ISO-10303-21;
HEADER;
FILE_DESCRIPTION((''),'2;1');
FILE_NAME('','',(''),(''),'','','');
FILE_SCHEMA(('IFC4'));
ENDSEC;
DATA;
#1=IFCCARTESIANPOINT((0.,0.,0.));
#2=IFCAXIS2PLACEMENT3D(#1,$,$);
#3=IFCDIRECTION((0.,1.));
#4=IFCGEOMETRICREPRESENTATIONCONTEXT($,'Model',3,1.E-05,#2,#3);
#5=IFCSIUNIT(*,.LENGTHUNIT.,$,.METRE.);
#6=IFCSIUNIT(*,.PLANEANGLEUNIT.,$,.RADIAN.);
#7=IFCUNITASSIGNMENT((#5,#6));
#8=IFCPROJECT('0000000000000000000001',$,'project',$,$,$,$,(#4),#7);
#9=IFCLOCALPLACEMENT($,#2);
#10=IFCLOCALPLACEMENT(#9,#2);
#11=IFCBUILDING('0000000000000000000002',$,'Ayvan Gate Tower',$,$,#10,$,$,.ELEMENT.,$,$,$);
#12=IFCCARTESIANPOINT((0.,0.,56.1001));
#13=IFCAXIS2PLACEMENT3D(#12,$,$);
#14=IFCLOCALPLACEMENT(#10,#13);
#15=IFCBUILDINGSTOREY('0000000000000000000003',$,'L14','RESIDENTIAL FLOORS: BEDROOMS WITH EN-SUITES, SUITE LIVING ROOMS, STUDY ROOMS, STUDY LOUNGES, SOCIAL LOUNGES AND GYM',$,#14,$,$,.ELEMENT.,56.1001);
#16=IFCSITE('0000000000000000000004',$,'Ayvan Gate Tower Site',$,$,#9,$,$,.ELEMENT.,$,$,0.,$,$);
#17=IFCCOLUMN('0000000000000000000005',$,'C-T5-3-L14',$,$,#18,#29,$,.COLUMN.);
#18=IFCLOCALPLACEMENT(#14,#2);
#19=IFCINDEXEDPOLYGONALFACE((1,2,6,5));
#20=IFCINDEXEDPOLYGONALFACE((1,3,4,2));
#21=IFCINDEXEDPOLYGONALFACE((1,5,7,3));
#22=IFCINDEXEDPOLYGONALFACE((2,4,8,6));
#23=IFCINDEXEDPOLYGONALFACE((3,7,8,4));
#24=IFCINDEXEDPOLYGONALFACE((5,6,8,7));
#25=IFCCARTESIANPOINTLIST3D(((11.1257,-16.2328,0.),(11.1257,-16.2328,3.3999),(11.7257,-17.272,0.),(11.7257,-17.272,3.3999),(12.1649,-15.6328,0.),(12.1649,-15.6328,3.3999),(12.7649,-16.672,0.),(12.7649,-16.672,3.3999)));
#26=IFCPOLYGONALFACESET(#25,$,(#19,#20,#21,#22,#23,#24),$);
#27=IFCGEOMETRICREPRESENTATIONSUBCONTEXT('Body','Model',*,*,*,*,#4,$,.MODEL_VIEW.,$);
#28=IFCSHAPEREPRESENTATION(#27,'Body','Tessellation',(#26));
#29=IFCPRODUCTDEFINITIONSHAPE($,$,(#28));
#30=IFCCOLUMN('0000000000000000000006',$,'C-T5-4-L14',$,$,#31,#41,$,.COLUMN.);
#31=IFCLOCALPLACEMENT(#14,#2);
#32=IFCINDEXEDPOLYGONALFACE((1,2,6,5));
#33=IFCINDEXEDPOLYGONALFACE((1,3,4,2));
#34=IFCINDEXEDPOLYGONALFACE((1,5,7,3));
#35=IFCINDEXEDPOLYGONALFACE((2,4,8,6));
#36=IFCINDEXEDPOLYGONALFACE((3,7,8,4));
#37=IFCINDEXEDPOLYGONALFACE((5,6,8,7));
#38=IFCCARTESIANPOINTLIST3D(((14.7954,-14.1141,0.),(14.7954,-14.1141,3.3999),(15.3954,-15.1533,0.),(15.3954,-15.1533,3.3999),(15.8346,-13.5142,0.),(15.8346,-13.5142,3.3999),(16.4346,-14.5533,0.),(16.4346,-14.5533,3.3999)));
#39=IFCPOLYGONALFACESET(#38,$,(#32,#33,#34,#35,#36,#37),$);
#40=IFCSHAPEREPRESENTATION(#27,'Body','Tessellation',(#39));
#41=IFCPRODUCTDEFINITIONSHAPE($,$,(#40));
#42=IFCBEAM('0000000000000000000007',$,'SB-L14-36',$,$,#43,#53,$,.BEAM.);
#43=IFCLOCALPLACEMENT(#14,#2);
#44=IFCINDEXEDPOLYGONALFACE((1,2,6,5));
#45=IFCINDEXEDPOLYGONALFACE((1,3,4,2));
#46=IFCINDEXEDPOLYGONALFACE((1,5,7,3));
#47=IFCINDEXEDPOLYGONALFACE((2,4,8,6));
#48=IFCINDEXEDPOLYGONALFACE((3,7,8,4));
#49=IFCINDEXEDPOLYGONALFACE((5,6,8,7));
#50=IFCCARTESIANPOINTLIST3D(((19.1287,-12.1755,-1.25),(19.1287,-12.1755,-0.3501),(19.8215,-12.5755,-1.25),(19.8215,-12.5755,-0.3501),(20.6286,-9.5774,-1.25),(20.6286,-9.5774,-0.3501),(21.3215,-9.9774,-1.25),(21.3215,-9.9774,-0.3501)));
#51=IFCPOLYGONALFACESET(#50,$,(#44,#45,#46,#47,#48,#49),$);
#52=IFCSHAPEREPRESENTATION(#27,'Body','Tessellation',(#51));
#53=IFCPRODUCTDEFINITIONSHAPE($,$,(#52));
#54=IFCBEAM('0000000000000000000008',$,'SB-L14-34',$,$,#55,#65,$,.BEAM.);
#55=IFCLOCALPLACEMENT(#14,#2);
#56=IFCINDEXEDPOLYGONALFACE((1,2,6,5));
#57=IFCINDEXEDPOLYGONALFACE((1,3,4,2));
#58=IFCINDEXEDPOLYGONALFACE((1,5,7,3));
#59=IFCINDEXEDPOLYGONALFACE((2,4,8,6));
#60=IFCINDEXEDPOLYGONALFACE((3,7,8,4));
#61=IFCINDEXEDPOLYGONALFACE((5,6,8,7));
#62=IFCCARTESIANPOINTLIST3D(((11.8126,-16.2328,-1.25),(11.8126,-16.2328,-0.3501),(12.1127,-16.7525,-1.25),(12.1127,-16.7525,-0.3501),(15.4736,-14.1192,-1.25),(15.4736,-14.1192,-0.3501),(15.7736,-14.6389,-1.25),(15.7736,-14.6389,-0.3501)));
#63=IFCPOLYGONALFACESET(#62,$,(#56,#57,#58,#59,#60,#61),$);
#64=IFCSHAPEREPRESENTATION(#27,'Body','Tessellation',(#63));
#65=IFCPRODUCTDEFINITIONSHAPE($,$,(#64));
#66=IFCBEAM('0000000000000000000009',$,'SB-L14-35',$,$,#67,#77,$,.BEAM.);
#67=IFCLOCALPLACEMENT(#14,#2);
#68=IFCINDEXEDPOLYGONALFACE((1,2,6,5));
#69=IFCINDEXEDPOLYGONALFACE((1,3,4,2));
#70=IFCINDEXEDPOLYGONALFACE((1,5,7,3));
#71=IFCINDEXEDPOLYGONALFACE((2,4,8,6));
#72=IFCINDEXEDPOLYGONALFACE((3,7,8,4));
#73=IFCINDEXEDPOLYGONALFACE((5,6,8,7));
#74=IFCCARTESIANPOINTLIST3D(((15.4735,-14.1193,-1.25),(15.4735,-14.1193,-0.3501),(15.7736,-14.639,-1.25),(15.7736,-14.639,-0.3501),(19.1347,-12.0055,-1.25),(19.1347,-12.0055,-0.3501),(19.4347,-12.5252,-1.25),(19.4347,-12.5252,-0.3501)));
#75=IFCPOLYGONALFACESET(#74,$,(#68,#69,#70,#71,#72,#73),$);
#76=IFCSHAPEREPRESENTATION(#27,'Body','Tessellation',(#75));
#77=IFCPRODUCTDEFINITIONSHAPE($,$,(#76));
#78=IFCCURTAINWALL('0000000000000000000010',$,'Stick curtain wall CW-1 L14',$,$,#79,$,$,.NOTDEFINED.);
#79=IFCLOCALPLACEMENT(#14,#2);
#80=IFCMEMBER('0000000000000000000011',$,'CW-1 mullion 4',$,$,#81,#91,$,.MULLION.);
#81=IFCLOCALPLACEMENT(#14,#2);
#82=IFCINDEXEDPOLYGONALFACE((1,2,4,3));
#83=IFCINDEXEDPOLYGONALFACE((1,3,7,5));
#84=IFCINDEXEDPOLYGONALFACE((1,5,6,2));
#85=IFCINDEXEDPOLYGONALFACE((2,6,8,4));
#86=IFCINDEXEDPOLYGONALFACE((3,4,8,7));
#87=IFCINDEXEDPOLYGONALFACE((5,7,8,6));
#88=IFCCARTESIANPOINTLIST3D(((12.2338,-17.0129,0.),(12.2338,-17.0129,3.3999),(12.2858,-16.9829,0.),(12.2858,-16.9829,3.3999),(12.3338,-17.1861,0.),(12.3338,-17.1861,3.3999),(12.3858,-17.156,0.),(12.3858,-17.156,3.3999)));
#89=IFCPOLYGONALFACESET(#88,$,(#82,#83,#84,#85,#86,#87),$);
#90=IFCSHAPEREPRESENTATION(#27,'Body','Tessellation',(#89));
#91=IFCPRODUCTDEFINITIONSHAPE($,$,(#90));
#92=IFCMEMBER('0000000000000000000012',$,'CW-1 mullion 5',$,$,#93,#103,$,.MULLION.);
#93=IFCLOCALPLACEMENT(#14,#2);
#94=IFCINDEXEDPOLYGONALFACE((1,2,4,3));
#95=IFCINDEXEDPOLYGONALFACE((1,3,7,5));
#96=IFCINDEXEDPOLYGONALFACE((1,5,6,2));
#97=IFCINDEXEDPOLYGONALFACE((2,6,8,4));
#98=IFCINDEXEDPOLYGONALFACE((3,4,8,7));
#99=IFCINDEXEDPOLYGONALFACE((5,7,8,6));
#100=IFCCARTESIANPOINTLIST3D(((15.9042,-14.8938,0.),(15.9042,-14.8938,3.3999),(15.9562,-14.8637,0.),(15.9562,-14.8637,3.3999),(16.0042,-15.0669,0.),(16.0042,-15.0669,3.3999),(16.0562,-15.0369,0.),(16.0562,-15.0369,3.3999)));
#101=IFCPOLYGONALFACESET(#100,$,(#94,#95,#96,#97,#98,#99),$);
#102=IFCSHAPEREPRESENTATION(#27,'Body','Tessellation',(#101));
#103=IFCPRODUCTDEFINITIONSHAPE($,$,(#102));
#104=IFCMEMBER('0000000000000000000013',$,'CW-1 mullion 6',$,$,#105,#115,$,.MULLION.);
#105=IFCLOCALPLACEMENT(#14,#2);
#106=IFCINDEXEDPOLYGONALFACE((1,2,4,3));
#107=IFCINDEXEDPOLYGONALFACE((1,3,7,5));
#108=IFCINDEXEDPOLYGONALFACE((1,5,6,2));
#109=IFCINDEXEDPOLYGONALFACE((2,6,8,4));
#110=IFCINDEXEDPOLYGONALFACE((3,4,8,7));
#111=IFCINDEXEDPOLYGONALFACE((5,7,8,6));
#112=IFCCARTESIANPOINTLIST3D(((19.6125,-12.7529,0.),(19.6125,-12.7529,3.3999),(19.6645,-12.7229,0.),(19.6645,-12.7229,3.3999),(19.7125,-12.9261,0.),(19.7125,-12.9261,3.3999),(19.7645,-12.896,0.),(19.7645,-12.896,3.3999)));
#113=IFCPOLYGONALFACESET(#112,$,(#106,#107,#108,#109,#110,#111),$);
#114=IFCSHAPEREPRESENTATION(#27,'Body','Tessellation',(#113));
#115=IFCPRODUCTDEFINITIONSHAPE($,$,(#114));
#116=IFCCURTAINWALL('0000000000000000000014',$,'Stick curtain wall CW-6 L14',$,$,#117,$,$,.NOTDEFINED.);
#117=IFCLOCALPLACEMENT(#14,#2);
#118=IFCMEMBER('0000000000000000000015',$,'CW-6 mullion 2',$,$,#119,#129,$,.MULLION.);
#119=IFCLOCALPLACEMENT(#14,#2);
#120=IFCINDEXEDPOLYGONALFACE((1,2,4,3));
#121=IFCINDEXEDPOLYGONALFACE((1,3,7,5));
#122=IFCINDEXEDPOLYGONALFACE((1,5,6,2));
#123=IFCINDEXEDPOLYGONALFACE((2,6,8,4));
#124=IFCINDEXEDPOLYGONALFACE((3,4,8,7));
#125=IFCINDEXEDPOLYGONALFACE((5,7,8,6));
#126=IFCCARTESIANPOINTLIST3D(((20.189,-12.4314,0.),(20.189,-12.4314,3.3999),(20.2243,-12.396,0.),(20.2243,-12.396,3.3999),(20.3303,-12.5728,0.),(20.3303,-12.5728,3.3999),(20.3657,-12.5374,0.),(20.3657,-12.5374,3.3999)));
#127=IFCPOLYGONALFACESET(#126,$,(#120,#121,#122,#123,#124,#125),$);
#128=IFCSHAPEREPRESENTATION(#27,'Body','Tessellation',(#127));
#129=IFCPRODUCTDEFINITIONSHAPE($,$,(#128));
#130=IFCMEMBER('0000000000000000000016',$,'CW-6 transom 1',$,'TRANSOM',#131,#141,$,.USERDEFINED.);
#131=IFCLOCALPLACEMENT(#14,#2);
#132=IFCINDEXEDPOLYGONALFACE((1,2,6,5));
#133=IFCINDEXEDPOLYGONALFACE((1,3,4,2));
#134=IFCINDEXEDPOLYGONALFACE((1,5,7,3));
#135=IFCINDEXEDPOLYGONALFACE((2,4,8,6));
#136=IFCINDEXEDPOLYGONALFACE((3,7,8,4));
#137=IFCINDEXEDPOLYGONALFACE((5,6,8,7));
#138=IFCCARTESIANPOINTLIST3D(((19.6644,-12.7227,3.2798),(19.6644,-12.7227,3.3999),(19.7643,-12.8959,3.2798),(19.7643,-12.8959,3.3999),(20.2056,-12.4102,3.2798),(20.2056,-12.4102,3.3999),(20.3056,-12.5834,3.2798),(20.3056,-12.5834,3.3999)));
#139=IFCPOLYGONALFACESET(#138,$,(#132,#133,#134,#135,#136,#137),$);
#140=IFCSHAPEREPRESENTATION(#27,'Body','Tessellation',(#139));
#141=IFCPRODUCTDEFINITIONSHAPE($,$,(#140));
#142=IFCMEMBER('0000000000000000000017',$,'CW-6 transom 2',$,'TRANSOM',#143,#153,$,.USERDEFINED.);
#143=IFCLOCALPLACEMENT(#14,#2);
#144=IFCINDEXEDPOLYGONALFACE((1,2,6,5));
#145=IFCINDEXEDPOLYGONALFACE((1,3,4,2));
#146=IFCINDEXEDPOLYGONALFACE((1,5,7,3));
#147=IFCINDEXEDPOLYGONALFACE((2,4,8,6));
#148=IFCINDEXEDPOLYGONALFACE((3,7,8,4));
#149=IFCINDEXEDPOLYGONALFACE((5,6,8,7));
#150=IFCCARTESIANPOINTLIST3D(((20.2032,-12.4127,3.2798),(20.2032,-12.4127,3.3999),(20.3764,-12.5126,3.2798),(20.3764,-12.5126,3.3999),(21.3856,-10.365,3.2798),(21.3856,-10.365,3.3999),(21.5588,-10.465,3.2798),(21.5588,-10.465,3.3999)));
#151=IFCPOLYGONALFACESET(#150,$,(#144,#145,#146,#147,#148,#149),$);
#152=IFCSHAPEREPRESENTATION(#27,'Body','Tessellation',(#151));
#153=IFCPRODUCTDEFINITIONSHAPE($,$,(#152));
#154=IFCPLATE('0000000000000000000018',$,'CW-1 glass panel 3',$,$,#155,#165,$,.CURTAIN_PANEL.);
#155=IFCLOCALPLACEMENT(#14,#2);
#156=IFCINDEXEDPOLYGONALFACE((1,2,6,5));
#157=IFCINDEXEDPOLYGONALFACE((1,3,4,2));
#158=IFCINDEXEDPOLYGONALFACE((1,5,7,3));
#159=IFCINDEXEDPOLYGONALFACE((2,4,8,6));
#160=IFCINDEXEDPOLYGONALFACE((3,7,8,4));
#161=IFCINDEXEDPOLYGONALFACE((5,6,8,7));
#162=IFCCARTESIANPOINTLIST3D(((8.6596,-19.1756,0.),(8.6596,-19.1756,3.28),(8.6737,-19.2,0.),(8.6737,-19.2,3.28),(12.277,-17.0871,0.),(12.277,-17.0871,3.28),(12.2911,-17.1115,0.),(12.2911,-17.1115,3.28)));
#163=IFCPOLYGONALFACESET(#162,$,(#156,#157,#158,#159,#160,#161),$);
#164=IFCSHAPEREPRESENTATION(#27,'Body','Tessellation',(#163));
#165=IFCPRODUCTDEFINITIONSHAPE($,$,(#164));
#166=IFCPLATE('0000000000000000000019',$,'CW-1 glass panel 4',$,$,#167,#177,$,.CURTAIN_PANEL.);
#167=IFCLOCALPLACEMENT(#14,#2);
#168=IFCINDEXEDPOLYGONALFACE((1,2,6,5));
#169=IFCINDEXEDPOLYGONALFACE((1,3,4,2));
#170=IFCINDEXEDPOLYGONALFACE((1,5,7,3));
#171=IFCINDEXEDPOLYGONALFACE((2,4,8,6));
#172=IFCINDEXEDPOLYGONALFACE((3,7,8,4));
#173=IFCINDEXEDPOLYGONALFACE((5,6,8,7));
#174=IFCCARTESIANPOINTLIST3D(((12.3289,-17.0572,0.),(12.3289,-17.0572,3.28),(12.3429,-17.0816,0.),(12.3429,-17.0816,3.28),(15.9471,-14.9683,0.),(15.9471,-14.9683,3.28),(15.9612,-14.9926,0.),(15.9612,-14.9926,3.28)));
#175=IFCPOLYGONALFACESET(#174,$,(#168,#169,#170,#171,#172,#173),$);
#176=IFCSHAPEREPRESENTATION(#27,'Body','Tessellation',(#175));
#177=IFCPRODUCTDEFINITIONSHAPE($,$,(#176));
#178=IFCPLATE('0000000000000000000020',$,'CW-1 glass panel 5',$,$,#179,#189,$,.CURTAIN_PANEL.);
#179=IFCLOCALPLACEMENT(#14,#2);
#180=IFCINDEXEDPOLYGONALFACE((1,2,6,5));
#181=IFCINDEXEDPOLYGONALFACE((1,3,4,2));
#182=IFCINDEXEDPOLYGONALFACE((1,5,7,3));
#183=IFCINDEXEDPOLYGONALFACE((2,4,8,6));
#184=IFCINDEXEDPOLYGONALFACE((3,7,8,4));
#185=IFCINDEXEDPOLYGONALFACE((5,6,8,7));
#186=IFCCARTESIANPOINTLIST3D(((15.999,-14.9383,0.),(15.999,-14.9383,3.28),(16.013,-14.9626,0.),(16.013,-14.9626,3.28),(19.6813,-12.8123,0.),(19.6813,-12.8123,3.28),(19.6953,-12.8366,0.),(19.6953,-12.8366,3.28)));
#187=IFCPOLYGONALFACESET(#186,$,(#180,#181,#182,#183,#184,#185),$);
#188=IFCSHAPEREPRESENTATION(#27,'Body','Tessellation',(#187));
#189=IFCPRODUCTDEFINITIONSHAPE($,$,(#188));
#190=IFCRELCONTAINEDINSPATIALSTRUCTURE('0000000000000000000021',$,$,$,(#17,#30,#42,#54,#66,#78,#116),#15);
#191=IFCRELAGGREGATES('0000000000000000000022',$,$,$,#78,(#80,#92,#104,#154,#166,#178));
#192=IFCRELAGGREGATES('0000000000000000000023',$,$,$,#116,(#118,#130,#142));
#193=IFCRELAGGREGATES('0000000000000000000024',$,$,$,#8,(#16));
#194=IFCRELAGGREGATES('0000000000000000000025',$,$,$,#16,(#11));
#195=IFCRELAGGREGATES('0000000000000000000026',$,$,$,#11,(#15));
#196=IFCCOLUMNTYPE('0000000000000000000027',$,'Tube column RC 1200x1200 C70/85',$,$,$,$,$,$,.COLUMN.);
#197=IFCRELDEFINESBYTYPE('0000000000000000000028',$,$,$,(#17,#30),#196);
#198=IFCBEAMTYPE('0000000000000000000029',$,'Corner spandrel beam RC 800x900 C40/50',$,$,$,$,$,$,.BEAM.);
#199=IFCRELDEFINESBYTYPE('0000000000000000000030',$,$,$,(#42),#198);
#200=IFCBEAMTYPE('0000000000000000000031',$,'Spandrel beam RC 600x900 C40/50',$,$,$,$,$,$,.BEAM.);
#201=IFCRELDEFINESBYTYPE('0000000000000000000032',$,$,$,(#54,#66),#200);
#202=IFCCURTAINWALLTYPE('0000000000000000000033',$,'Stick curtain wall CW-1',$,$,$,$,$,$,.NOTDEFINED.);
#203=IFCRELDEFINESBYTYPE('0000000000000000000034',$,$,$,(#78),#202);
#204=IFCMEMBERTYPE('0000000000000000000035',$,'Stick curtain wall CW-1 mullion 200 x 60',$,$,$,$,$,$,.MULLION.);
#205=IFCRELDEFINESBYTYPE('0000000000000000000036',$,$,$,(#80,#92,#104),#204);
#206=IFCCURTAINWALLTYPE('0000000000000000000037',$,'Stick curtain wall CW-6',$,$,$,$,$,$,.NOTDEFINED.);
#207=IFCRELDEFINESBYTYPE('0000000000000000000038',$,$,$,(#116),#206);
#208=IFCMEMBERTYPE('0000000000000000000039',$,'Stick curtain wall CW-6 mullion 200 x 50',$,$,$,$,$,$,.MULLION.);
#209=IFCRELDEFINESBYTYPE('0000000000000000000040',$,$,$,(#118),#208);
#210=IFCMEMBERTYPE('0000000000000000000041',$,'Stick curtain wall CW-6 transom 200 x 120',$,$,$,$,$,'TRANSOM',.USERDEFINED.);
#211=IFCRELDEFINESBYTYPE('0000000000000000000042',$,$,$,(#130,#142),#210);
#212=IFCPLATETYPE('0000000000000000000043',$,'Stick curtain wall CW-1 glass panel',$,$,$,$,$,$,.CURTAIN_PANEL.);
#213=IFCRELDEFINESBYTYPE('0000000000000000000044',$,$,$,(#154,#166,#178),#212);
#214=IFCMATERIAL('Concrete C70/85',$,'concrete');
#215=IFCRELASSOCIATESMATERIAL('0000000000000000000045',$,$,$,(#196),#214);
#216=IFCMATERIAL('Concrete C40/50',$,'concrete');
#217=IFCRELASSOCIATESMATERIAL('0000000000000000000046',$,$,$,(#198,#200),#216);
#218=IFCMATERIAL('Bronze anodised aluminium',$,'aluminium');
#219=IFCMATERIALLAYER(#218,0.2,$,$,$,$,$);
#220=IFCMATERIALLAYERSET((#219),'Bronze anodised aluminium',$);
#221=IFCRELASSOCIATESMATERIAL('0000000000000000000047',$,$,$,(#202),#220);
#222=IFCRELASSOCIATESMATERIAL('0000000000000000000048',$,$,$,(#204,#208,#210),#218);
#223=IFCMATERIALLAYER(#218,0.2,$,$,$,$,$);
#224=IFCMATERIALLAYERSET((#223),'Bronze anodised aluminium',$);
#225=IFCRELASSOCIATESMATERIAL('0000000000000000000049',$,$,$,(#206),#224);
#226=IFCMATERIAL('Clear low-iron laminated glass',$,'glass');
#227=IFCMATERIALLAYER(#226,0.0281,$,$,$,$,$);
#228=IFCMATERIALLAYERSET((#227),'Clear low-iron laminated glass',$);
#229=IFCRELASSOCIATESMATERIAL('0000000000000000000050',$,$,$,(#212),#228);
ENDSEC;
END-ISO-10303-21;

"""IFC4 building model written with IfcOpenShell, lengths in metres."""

from ifc_helpers import new_model, si_unit, direction, frame, origin, origin_2d, place, context, subcontext, project, spatial, rectangle, extrude, material, layer, layer_set, material_profile, profile_set, type_object, element, aggregate, save


model = new_model("IFC4")

# Units and contexts
model_context = context("Model", 3, precision=1e-05, world=origin(), true_north=direction((0.0, 1.0)))
body_context = subcontext(model_context, "Body", "Model", "MODEL_VIEW")
ifc_project = project(units=[si_unit("LENGTHUNIT", "METRE"), si_unit("PLANEANGLEUNIT", "RADIAN")], contexts=[model_context])

# Site, building, storey
site_placement = place(None, origin())
site = spatial("IfcSite", under=ifc_project, at=site_placement, Name="Ayvan Gate Tower Site", CompositionType="ELEMENT", RefElevation=0.0)
building_placement = place(site_placement, origin())
building = spatial("IfcBuilding", under=site, at=building_placement, Name="Ayvan Gate Tower", CompositionType="ELEMENT")
storey_placement = place(building_placement, frame((0.0, 0.0, 56.1001)))
storey = spatial("IfcBuildingStorey", under=building, at=storey_placement, Name="L14", Description="RESIDENTIAL FLOORS: BEDROOMS WITH EN-SUITES, SUITE LIVING ROOMS, STUDY ROOMS, STUDY LOUNGES, SOCIAL LOUNGES AND GYM", CompositionType="ELEMENT", Elevation=56.1001)

# Columns
ifc_material_1 = material(Name="Concrete C70/85", Category="concrete")
ifc_material_profile_1 = material_profile(ifc_material_1, rectangle(XDim=1.2, YDim=1.2, at=origin_2d()), Name="RC 1200x1200")
ifc_profile_set_1 = profile_set([ifc_material_profile_1], Name="Concrete C70/85")
column_type = type_object("IfcColumnType", Name="Tube column RC 1200x1200 C70/85", PredefinedType="COLUMN", material=ifc_profile_set_1)
for number, where, z_axis, x_axis, name in (
    (1, (11.9453, -16.4524, 0.0), (0.0, 0.0, 1.0), (0.5, -0.866025, 0.0), "C-T5-3-L14"),
    (2, (15.615, -14.3337, 0.0), (0.0, 0.0, 1.0), (0.5, -0.866025, 0.0), "C-T5-4-L14"),
):
    element("IfcColumn", number, at=place(storey_placement, frame(where, z_axis=z_axis, x_axis=x_axis)), inside=storey, type_object=column_type, Name=name, PredefinedType="COLUMN", context=body_context, shape_type="SweptSolid", body=[
        extrude(rectangle(XDim=1.2, YDim=1.2, at=origin_2d()), origin(), (0.0, 0.0, 1.0), 3.3999),
    ])

# Beams
ifc_material_2 = material(Name="Concrete C40/50", Category="concrete")
ifc_material_profile_2 = material_profile(ifc_material_2, rectangle(XDim=0.8, YDim=0.8999, at=origin_2d()), Name="RC 800x900")
ifc_profile_set_2 = profile_set([ifc_material_profile_2], Name="Concrete C40/50")
beam_type_1 = type_object("IfcBeamType", Name="Corner spandrel beam RC 800x900 C40/50", PredefinedType="BEAM", material=ifc_profile_set_2)
beam_1_placement = place(storey_placement, frame((19.4751, -12.3755, -0.8), z_axis=(0.49999, 0.866031, 0.0), x_axis=(-0.866031, 0.49999, 0.0)))
element("IfcBeam", 3, at=beam_1_placement, inside=storey, type_object=beam_type_1, Name="SB-L14-36", PredefinedType="BEAM", context=body_context, shape_type="SweptSolid", body=[
    extrude(rectangle(XDim=0.8, YDim=0.8999, at=origin_2d()), origin(), (0.0, 0.0, 1.0), 3.0),
])
ifc_material_profile_3 = material_profile(ifc_material_2, rectangle(XDim=0.6001, YDim=0.8999, at=origin_2d()), Name="RC 600x900")
ifc_profile_set_3 = profile_set([ifc_material_profile_3], Name="Concrete C40/50")
beam_type_2 = type_object("IfcBeamType", Name="Spandrel beam RC 600x900 C40/50", PredefinedType="BEAM", material=ifc_profile_set_3)
beam_2_placement = place(storey_placement, frame((11.9626, -16.4927, -0.8), z_axis=(0.866035, 0.499984, 0.0), x_axis=(-0.499984, 0.866035, 0.0)))
element("IfcBeam", 4, at=beam_2_placement, inside=storey, type_object=beam_type_2, Name="SB-L14-34", PredefinedType="BEAM", context=body_context, shape_type="SweptSolid", body=[
    extrude(rectangle(XDim=0.6001, YDim=0.8999, at=origin_2d()), origin(), (0.0, 0.0, 1.0), 4.2273),
])
beam_3_placement = place(storey_placement, frame((15.6235, -14.3792, -0.8), z_axis=(0.866024, 0.500002, 0.0), x_axis=(-0.500002, 0.866024, 0.0)))
element("IfcBeam", 5, at=beam_3_placement, inside=storey, type_object=beam_type_2, Name="SB-L14-35", PredefinedType="BEAM", context=body_context, shape_type="SweptSolid", body=[
    extrude(rectangle(XDim=0.6001, YDim=0.8999, at=origin_2d()), origin(), (0.0, 0.0, 1.0), 4.2275),
])

# Curtain walls, members
ifc_material_3 = material(Name="Bronze anodised aluminium", Category="aluminium")
ifc_layer_1 = layer(ifc_material_3, 0.2)
ifc_layer_set_1 = layer_set([ifc_layer_1], Name="Bronze anodised aluminium")
curtain_wall_type_1 = type_object("IfcCurtainWallType", Name="Stick curtain wall CW-1", PredefinedType="NOTDEFINED", material=ifc_layer_set_1)
curtain_wall_1_placement = place(storey_placement, origin())
curtain_wall_1 = element("IfcCurtainWall", 6, at=curtain_wall_1_placement, inside=storey, type_object=curtain_wall_type_1, Name="Stick curtain wall CW-1 L14", PredefinedType="NOTDEFINED")
ifc_material_profile_4 = material_profile(ifc_material_3, rectangle(XDim=0.2, YDim=0.0601, at=origin_2d()), Name="Stick curtain wall CW-1 mullion 200 x 60")
ifc_profile_set_4 = profile_set([ifc_material_profile_4], Name="Bronze anodised aluminium")
member_type_1 = type_object("IfcMemberType", Name="Stick curtain wall CW-1 mullion 200 x 60", PredefinedType="MULLION", material=ifc_profile_set_4)
member_1_placement = place(storey_placement, frame((12.3098, -17.0845, 0.0), z_axis=(0.0, 0.0, 1.0), x_axis=(0.5, -0.866025, 0.0)))
member_1 = element("IfcMember", 7, at=member_1_placement, type_object=member_type_1, Name="CW-1 mullion 4", PredefinedType="MULLION", context=body_context, shape_type="SweptSolid", body=[
    extrude(rectangle(XDim=0.2, YDim=0.0601, at=origin_2d()), origin(), (0.0, 0.0, 1.0), 3.3999),
])
member_2_placement = place(storey_placement, frame((15.9802, -14.9653, 0.0), z_axis=(0.0, 0.0, 1.0), x_axis=(0.5, -0.866025, 0.0)))
member_2 = element("IfcMember", 8, at=member_2_placement, type_object=member_type_1, Name="CW-1 mullion 5", PredefinedType="MULLION", context=body_context, shape_type="SweptSolid", body=[
    extrude(rectangle(XDim=0.2, YDim=0.0601, at=origin_2d()), origin(), (0.0, 0.0, 1.0), 3.3999),
])
member_3_placement = place(storey_placement, frame((19.6885, -12.8245, 0.0), z_axis=(0.0, 0.0, 1.0), x_axis=(0.5, -0.866025, 0.0)))
member_3 = element("IfcMember", 9, at=member_3_placement, type_object=member_type_1, Name="CW-1 mullion 6", PredefinedType="MULLION", context=body_context, shape_type="SweptSolid", body=[
    extrude(rectangle(XDim=0.2, YDim=0.0601, at=origin_2d()), origin(), (0.0, 0.0, 1.0), 3.3999),
])
ifc_layer_2 = layer(ifc_material_3, 0.2)
ifc_layer_set_2 = layer_set([ifc_layer_2], Name="Bronze anodised aluminium")
curtain_wall_type_2 = type_object("IfcCurtainWallType", Name="Stick curtain wall CW-6", PredefinedType="NOTDEFINED", material=ifc_layer_set_2)
curtain_wall_2_placement = place(storey_placement, origin())
curtain_wall_2 = element("IfcCurtainWall", 10, at=curtain_wall_2_placement, inside=storey, type_object=curtain_wall_type_2, Name="Stick curtain wall CW-6 L14", PredefinedType="NOTDEFINED")
ifc_material_profile_5 = material_profile(ifc_material_3, rectangle(XDim=0.2, YDim=0.05, at=origin_2d()), Name="Stick curtain wall CW-6 mullion 200 x 50")
ifc_profile_set_5 = profile_set([ifc_material_profile_5], Name="Bronze anodised aluminium")
member_type_2 = type_object("IfcMemberType", Name="Stick curtain wall CW-6 mullion 200 x 50", PredefinedType="MULLION", material=ifc_profile_set_5)
member_4_placement = place(storey_placement, frame((20.2773, -12.4844, 0.0), z_axis=(0.0, 0.0, 1.0), x_axis=(0.707107, -0.707107, 0.0)))
member_4 = element("IfcMember", 11, at=member_4_placement, type_object=member_type_2, Name="CW-6 mullion 2", PredefinedType="MULLION", context=body_context, shape_type="SweptSolid", body=[
    extrude(rectangle(XDim=0.2, YDim=0.05, at=origin_2d()), origin(), (0.0, 0.0, 1.0), 3.3999),
])
ifc_material_profile_6 = material_profile(ifc_material_3, rectangle(XDim=0.2, YDim=0.1201, at=origin_2d()), Name="Stick curtain wall CW-6 transom 200 x 120")
ifc_profile_set_6 = profile_set([ifc_material_profile_6], Name="Bronze anodised aluminium")
member_type_3 = type_object("IfcMemberType", Name="Stick curtain wall CW-6 transom 200 x 120", ElementType="TRANSOM", PredefinedType="USERDEFINED", material=ifc_profile_set_6)
member_5_placement = place(storey_placement, frame((19.7144, -12.8093, 3.3398), z_axis=(0.866023, 0.500004, 0.0), x_axis=(-0.500004, 0.866023, 0.0)))
member_5 = element("IfcMember", 12, at=member_5_placement, type_object=member_type_3, Name="CW-6 transom 1", ObjectType="TRANSOM", PredefinedType="USERDEFINED", context=body_context, shape_type="SweptSolid", body=[
    extrude(rectangle(XDim=0.2, YDim=0.1201, at=origin_2d()), origin(), (0.0, 0.0, 1.0), 0.625),
])
member_6_placement = place(storey_placement, frame((20.2898, -12.4626, 3.3398), z_axis=(0.500059, 0.865991, 0.0), x_axis=(-0.865991, 0.500059, 0.0)))
member_6 = element("IfcMember", 13, at=member_6_placement, type_object=member_type_3, Name="CW-6 transom 2", ObjectType="TRANSOM", PredefinedType="USERDEFINED", context=body_context, shape_type="SweptSolid", body=[
    extrude(rectangle(XDim=0.2, YDim=0.1201, at=origin_2d()), origin(), (0.0, 0.0, 1.0), 2.3645),
])

# Plates
ifc_material_4 = material(Name="Clear low-iron laminated glass", Category="glass")
ifc_layer_3 = layer(ifc_material_4, 0.0281)
ifc_layer_set_3 = layer_set([ifc_layer_3], Name="Clear low-iron laminated glass")
plate_type_1 = type_object("IfcPlateType", Name="Stick curtain wall CW-1 glass panel", PredefinedType="CURTAIN_PANEL", material=ifc_layer_set_3)
plate_1_placement = place(storey_placement, frame((10.4753, -18.1436, 0.0), z_axis=(0.0, 0.0, 1.0), x_axis=(0.866025, 0.5, 0.0)))
plate_1 = element("IfcPlate", 14, at=plate_1_placement, type_object=plate_type_1, Name="CW-1 glass panel 3", PredefinedType="CURTAIN_PANEL", context=body_context, shape_type="SweptSolid", body=[
    extrude(rectangle(XDim=4.177, YDim=0.0281, at=origin_2d()), origin(), (0.0, 0.0, 1.0), 3.28),
])
plate_2_placement = place(storey_placement, frame((14.145, -16.0249, 0.0), z_axis=(0.0, 0.0, 1.0), x_axis=(0.866025, 0.5, 0.0)))
plate_2 = element("IfcPlate", 15, at=plate_2_placement, type_object=plate_type_1, Name="CW-1 glass panel 4", PredefinedType="CURTAIN_PANEL", context=body_context, shape_type="SweptSolid", body=[
    extrude(rectangle(XDim=4.178, YDim=0.0281, at=origin_2d()), origin(), (0.0, 0.0, 1.0), 3.28),
])
plate_3_placement = place(storey_placement, frame((17.8472, -13.8875, 0.0), z_axis=(0.0, 0.0, 1.0), x_axis=(0.866025, 0.5, 0.0)))
plate_3 = element("IfcPlate", 16, at=plate_3_placement, type_object=plate_type_1, Name="CW-1 glass panel 5", PredefinedType="CURTAIN_PANEL", context=body_context, shape_type="SweptSolid", body=[
    extrude(rectangle(XDim=4.252, YDim=0.0281, at=origin_2d()), origin(), (0.0, 0.0, 1.0), 3.28),
])
aggregate(curtain_wall_1, [member_1, member_2, member_3, plate_1, plate_2, plate_3])
aggregate(curtain_wall_2, [member_4, member_5, member_6])

save(model, "model.ifc")
